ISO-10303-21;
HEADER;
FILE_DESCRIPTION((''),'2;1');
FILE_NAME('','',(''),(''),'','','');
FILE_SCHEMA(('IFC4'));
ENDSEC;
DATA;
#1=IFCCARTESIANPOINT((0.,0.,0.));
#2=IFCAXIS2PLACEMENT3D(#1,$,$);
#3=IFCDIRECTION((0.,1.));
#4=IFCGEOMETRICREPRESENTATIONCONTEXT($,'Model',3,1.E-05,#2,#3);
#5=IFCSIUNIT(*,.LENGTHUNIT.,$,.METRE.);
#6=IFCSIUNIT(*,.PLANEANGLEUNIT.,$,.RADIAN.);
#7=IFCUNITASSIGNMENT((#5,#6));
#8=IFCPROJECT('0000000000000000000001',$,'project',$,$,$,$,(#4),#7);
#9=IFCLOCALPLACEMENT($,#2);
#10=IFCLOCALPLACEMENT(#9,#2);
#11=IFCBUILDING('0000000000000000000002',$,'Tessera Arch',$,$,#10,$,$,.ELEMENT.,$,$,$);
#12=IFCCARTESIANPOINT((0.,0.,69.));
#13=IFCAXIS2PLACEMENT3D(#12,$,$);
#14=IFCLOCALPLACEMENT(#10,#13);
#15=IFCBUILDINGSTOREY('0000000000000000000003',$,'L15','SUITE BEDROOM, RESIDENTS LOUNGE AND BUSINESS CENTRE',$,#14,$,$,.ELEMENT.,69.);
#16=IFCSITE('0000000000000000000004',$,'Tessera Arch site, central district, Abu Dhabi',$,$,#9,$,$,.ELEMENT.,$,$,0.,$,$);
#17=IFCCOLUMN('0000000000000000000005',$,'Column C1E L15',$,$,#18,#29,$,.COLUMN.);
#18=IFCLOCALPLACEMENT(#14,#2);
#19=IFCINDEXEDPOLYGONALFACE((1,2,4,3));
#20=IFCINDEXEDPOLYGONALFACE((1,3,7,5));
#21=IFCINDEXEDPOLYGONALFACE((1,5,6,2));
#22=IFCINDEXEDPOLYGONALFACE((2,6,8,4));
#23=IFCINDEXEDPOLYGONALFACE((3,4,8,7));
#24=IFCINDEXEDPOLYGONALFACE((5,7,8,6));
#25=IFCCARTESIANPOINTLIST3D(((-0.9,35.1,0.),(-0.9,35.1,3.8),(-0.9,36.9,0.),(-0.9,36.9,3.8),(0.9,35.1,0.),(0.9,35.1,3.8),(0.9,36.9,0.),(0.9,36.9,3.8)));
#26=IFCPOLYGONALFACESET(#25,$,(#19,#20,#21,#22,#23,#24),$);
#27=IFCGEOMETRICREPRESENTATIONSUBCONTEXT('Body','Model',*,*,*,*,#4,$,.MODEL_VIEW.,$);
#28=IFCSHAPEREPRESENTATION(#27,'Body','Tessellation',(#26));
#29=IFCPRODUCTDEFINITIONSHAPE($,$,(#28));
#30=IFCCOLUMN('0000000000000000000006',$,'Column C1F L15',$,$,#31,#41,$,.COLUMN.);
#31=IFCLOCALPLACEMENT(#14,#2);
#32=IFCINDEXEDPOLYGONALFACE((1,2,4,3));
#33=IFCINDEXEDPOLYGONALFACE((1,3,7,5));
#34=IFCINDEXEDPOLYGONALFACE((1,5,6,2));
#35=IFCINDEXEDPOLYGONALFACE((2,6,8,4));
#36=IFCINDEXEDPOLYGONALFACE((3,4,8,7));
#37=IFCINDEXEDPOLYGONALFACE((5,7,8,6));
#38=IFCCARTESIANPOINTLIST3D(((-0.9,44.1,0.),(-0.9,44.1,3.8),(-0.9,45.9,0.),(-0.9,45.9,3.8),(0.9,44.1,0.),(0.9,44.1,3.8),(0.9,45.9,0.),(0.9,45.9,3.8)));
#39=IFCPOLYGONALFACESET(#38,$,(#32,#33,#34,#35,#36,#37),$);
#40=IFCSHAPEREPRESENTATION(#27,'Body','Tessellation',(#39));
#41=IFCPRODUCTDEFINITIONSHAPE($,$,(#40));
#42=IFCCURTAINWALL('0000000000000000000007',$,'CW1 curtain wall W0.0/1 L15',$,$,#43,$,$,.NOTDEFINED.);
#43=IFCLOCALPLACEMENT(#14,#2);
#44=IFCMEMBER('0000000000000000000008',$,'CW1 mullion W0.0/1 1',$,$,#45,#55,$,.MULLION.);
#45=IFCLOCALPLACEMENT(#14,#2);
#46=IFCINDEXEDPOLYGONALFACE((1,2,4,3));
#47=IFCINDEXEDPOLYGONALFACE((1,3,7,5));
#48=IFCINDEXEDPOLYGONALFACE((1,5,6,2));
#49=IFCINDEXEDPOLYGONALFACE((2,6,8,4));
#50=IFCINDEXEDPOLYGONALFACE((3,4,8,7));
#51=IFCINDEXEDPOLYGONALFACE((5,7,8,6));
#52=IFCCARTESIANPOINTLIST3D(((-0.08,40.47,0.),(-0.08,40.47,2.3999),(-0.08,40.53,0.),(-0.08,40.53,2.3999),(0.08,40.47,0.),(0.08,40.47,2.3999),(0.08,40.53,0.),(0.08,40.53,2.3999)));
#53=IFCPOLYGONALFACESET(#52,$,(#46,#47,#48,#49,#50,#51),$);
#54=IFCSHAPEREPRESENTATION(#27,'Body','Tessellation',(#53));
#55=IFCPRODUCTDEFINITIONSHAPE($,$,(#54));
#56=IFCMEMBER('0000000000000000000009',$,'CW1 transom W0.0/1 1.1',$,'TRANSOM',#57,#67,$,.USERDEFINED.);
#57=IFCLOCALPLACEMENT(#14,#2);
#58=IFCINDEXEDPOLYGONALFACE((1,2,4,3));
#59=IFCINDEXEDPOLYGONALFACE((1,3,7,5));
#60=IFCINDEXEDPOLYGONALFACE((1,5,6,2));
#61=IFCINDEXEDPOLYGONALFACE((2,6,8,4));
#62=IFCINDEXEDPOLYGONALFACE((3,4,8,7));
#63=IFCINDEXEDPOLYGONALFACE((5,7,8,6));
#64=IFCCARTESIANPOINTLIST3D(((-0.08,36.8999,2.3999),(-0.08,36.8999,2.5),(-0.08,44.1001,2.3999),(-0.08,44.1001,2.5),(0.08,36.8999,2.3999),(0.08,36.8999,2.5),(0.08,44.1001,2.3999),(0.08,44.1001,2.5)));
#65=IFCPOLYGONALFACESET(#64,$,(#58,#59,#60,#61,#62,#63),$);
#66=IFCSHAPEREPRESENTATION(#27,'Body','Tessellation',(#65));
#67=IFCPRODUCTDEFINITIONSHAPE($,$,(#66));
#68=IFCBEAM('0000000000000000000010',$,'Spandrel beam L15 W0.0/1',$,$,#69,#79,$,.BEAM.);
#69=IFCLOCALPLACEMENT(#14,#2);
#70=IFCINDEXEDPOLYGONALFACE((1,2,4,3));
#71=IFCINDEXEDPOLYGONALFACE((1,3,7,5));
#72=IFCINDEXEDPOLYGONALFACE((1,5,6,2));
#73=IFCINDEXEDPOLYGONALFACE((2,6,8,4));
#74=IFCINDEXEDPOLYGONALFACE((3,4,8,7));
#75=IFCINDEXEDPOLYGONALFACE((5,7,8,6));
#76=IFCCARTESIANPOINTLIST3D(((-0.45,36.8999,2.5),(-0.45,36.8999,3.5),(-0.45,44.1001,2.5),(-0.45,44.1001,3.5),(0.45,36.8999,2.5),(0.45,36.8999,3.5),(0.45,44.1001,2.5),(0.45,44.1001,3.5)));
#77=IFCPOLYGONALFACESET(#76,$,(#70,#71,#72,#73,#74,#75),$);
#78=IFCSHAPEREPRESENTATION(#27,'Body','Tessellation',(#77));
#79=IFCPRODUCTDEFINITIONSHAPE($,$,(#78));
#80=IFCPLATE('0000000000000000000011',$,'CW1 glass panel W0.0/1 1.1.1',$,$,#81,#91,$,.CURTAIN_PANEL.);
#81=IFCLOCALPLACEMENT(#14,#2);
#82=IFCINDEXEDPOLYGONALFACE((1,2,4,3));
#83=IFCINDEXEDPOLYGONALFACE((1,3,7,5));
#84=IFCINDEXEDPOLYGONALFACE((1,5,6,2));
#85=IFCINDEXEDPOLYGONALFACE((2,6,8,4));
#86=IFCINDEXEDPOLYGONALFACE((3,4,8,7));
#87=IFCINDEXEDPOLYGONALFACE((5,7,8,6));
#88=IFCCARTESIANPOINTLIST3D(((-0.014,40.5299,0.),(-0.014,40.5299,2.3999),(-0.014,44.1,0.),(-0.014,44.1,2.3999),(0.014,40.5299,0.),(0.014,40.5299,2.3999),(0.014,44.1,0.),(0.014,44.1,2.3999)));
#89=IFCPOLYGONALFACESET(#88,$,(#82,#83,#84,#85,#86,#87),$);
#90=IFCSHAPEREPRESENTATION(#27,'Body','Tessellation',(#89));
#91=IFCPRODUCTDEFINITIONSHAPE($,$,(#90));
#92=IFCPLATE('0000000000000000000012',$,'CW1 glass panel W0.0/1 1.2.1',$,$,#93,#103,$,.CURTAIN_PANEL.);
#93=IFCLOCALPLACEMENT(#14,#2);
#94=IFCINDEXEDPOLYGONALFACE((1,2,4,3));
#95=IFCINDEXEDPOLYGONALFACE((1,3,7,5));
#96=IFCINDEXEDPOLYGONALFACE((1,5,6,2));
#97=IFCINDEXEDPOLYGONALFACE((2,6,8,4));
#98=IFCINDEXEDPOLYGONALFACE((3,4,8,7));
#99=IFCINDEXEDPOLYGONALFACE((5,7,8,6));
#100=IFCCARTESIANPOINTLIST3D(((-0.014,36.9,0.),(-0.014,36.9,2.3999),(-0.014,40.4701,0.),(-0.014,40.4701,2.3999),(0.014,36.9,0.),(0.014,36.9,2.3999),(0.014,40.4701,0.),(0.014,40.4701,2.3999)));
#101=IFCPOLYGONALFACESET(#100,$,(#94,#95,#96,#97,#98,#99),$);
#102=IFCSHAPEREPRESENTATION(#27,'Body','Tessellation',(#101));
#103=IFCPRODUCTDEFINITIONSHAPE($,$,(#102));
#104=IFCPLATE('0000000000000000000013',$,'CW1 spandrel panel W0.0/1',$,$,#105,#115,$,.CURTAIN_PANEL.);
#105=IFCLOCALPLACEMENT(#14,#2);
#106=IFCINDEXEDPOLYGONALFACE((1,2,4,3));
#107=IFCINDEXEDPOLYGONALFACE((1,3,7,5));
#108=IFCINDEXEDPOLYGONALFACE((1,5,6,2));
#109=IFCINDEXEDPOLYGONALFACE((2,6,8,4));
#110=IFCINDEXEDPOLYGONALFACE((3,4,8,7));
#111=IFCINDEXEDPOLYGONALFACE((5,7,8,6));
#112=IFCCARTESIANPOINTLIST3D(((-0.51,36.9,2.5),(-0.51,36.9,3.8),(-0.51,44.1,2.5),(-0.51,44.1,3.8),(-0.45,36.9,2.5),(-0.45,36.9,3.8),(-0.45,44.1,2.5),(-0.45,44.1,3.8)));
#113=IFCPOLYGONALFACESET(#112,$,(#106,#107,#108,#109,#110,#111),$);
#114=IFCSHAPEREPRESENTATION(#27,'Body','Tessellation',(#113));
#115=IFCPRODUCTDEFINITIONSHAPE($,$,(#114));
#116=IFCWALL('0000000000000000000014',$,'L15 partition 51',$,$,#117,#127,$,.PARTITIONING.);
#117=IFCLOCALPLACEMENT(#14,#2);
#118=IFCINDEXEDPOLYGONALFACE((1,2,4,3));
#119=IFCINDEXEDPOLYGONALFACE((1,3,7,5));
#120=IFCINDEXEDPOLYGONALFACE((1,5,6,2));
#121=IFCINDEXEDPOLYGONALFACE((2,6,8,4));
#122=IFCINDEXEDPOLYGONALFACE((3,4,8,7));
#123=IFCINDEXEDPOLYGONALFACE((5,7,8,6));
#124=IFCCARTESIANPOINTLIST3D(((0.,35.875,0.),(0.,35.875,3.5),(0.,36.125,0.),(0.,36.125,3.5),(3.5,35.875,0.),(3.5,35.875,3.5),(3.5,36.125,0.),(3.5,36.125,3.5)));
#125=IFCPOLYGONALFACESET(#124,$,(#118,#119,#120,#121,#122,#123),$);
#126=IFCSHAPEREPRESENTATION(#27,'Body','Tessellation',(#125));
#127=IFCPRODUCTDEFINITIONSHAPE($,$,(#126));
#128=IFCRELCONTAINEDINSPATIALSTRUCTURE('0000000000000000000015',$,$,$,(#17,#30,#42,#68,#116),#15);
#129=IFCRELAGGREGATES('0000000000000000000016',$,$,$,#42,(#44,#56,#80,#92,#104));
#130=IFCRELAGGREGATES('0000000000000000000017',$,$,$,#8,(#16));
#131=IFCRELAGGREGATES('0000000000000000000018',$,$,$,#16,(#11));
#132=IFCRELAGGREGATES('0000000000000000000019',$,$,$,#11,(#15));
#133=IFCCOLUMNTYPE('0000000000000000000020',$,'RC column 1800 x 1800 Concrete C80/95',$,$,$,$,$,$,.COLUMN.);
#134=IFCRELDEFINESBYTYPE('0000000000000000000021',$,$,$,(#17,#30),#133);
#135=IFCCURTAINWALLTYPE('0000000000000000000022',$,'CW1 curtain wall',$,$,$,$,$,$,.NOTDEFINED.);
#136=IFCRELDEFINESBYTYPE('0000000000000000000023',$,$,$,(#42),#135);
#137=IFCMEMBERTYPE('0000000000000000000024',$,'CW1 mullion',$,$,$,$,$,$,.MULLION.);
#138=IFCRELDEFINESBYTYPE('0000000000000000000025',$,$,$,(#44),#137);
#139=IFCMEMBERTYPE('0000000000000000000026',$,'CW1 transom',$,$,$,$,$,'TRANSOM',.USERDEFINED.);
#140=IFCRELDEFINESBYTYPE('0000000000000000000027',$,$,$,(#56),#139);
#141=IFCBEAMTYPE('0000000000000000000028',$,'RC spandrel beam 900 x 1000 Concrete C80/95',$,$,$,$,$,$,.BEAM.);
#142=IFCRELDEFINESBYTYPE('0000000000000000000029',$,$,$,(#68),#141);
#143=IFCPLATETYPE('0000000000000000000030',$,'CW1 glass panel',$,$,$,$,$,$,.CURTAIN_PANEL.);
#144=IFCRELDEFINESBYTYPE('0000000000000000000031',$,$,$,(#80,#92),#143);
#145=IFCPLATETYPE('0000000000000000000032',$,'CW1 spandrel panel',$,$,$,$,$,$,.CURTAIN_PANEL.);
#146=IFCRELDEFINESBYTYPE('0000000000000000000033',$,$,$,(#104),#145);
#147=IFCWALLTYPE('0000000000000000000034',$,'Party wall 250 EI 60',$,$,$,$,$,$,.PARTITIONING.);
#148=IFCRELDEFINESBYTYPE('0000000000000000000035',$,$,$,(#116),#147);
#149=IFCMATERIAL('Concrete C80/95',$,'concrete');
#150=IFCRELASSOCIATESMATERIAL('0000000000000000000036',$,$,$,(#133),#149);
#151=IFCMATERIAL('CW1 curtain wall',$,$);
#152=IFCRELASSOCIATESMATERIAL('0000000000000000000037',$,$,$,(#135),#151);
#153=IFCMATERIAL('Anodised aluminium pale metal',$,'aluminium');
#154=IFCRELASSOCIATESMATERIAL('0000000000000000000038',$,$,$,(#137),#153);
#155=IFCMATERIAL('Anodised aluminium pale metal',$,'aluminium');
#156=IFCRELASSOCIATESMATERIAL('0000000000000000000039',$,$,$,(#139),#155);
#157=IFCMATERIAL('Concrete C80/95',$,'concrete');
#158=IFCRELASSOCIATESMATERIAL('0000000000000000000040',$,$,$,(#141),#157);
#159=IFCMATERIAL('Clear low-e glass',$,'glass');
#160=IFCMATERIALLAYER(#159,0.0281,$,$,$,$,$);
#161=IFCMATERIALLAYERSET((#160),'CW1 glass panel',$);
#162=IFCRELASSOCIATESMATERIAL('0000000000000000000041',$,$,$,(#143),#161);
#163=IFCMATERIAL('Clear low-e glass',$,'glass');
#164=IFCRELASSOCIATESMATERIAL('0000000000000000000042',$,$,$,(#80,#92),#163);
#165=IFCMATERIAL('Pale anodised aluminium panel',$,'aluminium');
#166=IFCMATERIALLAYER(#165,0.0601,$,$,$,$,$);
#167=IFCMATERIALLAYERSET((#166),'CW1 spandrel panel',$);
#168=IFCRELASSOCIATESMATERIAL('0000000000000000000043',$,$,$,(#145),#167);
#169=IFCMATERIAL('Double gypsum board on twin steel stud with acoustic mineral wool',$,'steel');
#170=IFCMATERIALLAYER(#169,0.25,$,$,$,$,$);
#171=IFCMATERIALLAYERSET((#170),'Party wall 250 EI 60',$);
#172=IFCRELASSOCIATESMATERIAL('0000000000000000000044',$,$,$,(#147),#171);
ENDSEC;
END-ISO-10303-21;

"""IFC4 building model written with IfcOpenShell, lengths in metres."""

from ifc_helpers import new_model, si_unit, direction, frame, frame_2d, origin, origin_2d, place, context, subcontext, project, spatial, rectangle, extrude, material, layer, layer_set, material_profile, profile_set, type_object, element, aggregate, save


model = new_model("IFC4")

# Units and contexts
model_context = context("Model", 3, precision=1e-05, world=origin(), true_north=direction((0.0, 1.0)))
body_context = subcontext(model_context, "Body", "Model", "MODEL_VIEW")
ifc_project = project(units=[si_unit("LENGTHUNIT", "METRE"), si_unit("PLANEANGLEUNIT", "RADIAN")], contexts=[model_context])

# Site, building, storey
site_placement = place(None, origin())
site = spatial("IfcSite", under=ifc_project, at=site_placement, Name="Tessera Arch site, central district, Abu Dhabi", CompositionType="ELEMENT", RefElevation=0.0)
building_placement = place(site_placement, origin())
building = spatial("IfcBuilding", under=site, at=building_placement, Name="Tessera Arch", CompositionType="ELEMENT")
storey_placement = place(building_placement, frame((0.0, 0.0, 69.0)))
storey = spatial("IfcBuildingStorey", under=building, at=storey_placement, Name="L15", Description="SUITE BEDROOM, RESIDENTS LOUNGE AND BUSINESS CENTRE", CompositionType="ELEMENT", Elevation=69.0)

# Columns
ifc_material_1 = material(Name="Concrete C80/95", Category="concrete")
ifc_material_profile_1 = material_profile(ifc_material_1, rectangle(XDim=1.8, YDim=1.8, at=origin_2d()), Name="RC column 1800 x 1800 Concrete C80/95")
ifc_profile_set_1 = profile_set([ifc_material_profile_1], Name="Concrete C80/95")
column_type = type_object("IfcColumnType", Name="RC column 1800 x 1800 Concrete C80/95", PredefinedType="COLUMN", material=ifc_profile_set_1)
for number, where, z_axis, x_axis, name in (
    (1, (0.0, 36.0, 0.0), (0.0, 0.0, 1.0), (1.0, 0.0, 0.0), "Column C1E L15"),
    (2, (0.0, 45.0, 0.0), (0.0, 0.0, 1.0), (1.0, 0.0, 0.0), "Column C1F L15"),
):
    element("IfcColumn", number, at=place(storey_placement, frame(where, z_axis=z_axis, x_axis=x_axis)), inside=storey, type_object=column_type, Name=name, PredefinedType="COLUMN", context=body_context, shape_type="SweptSolid", body=[
        extrude(rectangle(XDim=1.8, YDim=1.8, at=origin_2d()), origin(), (0.0, 0.0, 1.0), 3.8),
    ])

# Curtain wall, members
ifc_material_2 = material(Name="CW1 curtain wall")
curtain_wall_type = type_object("IfcCurtainWallType", Name="CW1 curtain wall", PredefinedType="NOTDEFINED", material=ifc_material_2)
curtain_wall_placement = place(storey_placement, origin())
curtain_wall = element("IfcCurtainWall", 3, at=curtain_wall_placement, inside=storey, type_object=curtain_wall_type, Name="CW1 curtain wall W0.0/1 L15", PredefinedType="NOTDEFINED")
ifc_material_3 = material(Name="Anodised aluminium pale metal", Category="aluminium")
ifc_material_profile_2 = material_profile(ifc_material_3, rectangle(XDim=0.1599, YDim=0.0601, at=origin_2d()), Name="AL 60x160")
ifc_profile_set_2 = profile_set([ifc_material_profile_2], Name="Anodised aluminium pale metal")
member_type_1 = type_object("IfcMemberType", Name="CW1 mullion", PredefinedType="MULLION", material=ifc_profile_set_2)
member_1_placement = place(storey_placement, frame((0.0, 40.5, 0.0), z_axis=(0.0, 0.0, 1.0), x_axis=(1.0, 0.0, 0.0)))
member_1 = element("IfcMember", 4, at=member_1_placement, type_object=member_type_1, Name="CW1 mullion W0.0/1 1", PredefinedType="MULLION", context=body_context, shape_type="SweptSolid", body=[
    extrude(rectangle(XDim=0.1599, YDim=0.0601, at=origin_2d()), origin(), (0.0, 0.0, 1.0), 2.3999),
])
ifc_material_4 = material(Name="Anodised aluminium pale metal", Category="aluminium")
ifc_material_profile_3 = material_profile(ifc_material_4, rectangle(XDim=0.1599, YDim=0.1001, at=origin_2d()), Name="AL 160x100")
ifc_profile_set_3 = profile_set([ifc_material_profile_3], Name="Anodised aluminium pale metal")
member_type_2 = type_object("IfcMemberType", Name="CW1 transom", ElementType="TRANSOM", PredefinedType="USERDEFINED", material=ifc_profile_set_3)
member_2_placement = place(storey_placement, frame((0.0, 44.1001, 2.45), z_axis=(0.0, -1.0, 0.0), x_axis=(1.0, 0.0, 0.0)))
member_2 = element("IfcMember", 5, at=member_2_placement, type_object=member_type_2, Name="CW1 transom W0.0/1 1.1", ObjectType="TRANSOM", PredefinedType="USERDEFINED", context=body_context, shape_type="SweptSolid", body=[
    extrude(rectangle(XDim=0.1599, YDim=0.1001, at=origin_2d()), origin(), (0.0, 0.0, 1.0), 7.2002),
])

# Beam
ifc_material_5 = material(Name="Concrete C80/95", Category="concrete")
ifc_material_profile_4 = material_profile(ifc_material_5, rectangle(XDim=0.8999, YDim=1.0, at=origin_2d()), Name="RC spandrel beam 900 x 1000 Concrete C80/95")
ifc_profile_set_4 = profile_set([ifc_material_profile_4], Name="Concrete C80/95")
beam_type = type_object("IfcBeamType", Name="RC spandrel beam 900 x 1000 Concrete C80/95", PredefinedType="BEAM", material=ifc_profile_set_4)
beam_placement = place(storey_placement, frame((0.0, 44.1001, 3.0), z_axis=(0.0, -1.0, 0.0), x_axis=(1.0, 0.0, 0.0)))
element("IfcBeam", 6, at=beam_placement, inside=storey, type_object=beam_type, Name="Spandrel beam L15 W0.0/1", PredefinedType="BEAM", context=body_context, shape_type="SweptSolid", body=[
    extrude(rectangle(XDim=0.8999, YDim=1.0, at=origin_2d()), origin(), (0.0, 0.0, 1.0), 7.2002),
])

# Plates
ifc_material_6 = material(Name="Clear low-e glass", Category="glass")
ifc_material_7 = material(Name="Clear low-e glass", Category="glass")
ifc_layer_1 = layer(ifc_material_7, 0.0281)
ifc_layer_set_1 = layer_set([ifc_layer_1], Name="CW1 glass panel")
plate_type_1 = type_object("IfcPlateType", Name="CW1 glass panel", PredefinedType="CURTAIN_PANEL", material=ifc_layer_set_1)
plate_1_placement = place(storey_placement, frame((0.0, 42.3149, 0.0), z_axis=(0.0, 0.0, 1.0), x_axis=(0.0, -1.0, 0.0)))
plate_1 = element("IfcPlate", 7, at=plate_1_placement, type_object=plate_type_1, material=ifc_material_6, Name="CW1 glass panel W0.0/1 1.1.1", PredefinedType="CURTAIN_PANEL", context=body_context, shape_type="SweptSolid", body=[
    extrude(rectangle(XDim=3.5701, YDim=0.0281, at=origin_2d()), origin(), (0.0, 0.0, 1.0), 2.3999),
])
plate_2_placement = place(storey_placement, frame((0.0, 38.6851, 0.0), z_axis=(0.0, 0.0, 1.0), x_axis=(0.0, -1.0, 0.0)))
plate_2 = element("IfcPlate", 8, at=plate_2_placement, type_object=plate_type_1, material=ifc_material_6, Name="CW1 glass panel W0.0/1 1.2.1", PredefinedType="CURTAIN_PANEL", context=body_context, shape_type="SweptSolid", body=[
    extrude(rectangle(XDim=3.5701, YDim=0.0281, at=origin_2d()), origin(), (0.0, 0.0, 1.0), 2.3999),
])
ifc_material_8 = material(Name="Pale anodised aluminium panel", Category="aluminium")
ifc_layer_2 = layer(ifc_material_8, 0.0601)
ifc_layer_set_2 = layer_set([ifc_layer_2], Name="CW1 spandrel panel")
plate_type_2 = type_object("IfcPlateType", Name="CW1 spandrel panel", PredefinedType="CURTAIN_PANEL", material=ifc_layer_set_2)
plate_3_placement = place(storey_placement, frame((-0.48, 40.5, 2.5), z_axis=(0.0, 0.0, 1.0), x_axis=(0.0, -1.0, 0.0)))
plate_3 = element("IfcPlate", 9, at=plate_3_placement, type_object=plate_type_2, Name="CW1 spandrel panel W0.0/1", PredefinedType="CURTAIN_PANEL", context=body_context, shape_type="SweptSolid", body=[
    extrude(rectangle(XDim=7.2, YDim=0.0601, at=origin_2d()), origin(), (0.0, 0.0, 1.0), 1.3),
])
aggregate(curtain_wall, [member_1, member_2, plate_1, plate_2, plate_3])

# Wall
ifc_material_9 = material(Name="Double gypsum board on twin steel stud with acoustic mineral wool", Category="steel")
ifc_layer_3 = layer(ifc_material_9, 0.25)
ifc_layer_set_3 = layer_set([ifc_layer_3], Name="Party wall 250 EI 60")
wall_type_1 = type_object("IfcWallType", Name="Party wall 250 EI 60", PredefinedType="PARTITIONING", material=ifc_layer_set_3)
wall_1_placement = place(storey_placement, frame((0.0, 36.0, 0.0), z_axis=(0.0, 0.0, 1.0), x_axis=(1.0, 0.0, 0.0)))
element("IfcWall", 10, at=wall_1_placement, inside=storey, type_object=wall_type_1, Name="L15 partition 51", PredefinedType="PARTITIONING", context=body_context, shape_type="SweptSolid", body=[
    extrude(rectangle(XDim=3.5, YDim=0.25, at=frame_2d((1.75, 0.0))), origin(), (0.0, 0.0, 1.0), 3.5),
])

save(model, "model.ifc")
